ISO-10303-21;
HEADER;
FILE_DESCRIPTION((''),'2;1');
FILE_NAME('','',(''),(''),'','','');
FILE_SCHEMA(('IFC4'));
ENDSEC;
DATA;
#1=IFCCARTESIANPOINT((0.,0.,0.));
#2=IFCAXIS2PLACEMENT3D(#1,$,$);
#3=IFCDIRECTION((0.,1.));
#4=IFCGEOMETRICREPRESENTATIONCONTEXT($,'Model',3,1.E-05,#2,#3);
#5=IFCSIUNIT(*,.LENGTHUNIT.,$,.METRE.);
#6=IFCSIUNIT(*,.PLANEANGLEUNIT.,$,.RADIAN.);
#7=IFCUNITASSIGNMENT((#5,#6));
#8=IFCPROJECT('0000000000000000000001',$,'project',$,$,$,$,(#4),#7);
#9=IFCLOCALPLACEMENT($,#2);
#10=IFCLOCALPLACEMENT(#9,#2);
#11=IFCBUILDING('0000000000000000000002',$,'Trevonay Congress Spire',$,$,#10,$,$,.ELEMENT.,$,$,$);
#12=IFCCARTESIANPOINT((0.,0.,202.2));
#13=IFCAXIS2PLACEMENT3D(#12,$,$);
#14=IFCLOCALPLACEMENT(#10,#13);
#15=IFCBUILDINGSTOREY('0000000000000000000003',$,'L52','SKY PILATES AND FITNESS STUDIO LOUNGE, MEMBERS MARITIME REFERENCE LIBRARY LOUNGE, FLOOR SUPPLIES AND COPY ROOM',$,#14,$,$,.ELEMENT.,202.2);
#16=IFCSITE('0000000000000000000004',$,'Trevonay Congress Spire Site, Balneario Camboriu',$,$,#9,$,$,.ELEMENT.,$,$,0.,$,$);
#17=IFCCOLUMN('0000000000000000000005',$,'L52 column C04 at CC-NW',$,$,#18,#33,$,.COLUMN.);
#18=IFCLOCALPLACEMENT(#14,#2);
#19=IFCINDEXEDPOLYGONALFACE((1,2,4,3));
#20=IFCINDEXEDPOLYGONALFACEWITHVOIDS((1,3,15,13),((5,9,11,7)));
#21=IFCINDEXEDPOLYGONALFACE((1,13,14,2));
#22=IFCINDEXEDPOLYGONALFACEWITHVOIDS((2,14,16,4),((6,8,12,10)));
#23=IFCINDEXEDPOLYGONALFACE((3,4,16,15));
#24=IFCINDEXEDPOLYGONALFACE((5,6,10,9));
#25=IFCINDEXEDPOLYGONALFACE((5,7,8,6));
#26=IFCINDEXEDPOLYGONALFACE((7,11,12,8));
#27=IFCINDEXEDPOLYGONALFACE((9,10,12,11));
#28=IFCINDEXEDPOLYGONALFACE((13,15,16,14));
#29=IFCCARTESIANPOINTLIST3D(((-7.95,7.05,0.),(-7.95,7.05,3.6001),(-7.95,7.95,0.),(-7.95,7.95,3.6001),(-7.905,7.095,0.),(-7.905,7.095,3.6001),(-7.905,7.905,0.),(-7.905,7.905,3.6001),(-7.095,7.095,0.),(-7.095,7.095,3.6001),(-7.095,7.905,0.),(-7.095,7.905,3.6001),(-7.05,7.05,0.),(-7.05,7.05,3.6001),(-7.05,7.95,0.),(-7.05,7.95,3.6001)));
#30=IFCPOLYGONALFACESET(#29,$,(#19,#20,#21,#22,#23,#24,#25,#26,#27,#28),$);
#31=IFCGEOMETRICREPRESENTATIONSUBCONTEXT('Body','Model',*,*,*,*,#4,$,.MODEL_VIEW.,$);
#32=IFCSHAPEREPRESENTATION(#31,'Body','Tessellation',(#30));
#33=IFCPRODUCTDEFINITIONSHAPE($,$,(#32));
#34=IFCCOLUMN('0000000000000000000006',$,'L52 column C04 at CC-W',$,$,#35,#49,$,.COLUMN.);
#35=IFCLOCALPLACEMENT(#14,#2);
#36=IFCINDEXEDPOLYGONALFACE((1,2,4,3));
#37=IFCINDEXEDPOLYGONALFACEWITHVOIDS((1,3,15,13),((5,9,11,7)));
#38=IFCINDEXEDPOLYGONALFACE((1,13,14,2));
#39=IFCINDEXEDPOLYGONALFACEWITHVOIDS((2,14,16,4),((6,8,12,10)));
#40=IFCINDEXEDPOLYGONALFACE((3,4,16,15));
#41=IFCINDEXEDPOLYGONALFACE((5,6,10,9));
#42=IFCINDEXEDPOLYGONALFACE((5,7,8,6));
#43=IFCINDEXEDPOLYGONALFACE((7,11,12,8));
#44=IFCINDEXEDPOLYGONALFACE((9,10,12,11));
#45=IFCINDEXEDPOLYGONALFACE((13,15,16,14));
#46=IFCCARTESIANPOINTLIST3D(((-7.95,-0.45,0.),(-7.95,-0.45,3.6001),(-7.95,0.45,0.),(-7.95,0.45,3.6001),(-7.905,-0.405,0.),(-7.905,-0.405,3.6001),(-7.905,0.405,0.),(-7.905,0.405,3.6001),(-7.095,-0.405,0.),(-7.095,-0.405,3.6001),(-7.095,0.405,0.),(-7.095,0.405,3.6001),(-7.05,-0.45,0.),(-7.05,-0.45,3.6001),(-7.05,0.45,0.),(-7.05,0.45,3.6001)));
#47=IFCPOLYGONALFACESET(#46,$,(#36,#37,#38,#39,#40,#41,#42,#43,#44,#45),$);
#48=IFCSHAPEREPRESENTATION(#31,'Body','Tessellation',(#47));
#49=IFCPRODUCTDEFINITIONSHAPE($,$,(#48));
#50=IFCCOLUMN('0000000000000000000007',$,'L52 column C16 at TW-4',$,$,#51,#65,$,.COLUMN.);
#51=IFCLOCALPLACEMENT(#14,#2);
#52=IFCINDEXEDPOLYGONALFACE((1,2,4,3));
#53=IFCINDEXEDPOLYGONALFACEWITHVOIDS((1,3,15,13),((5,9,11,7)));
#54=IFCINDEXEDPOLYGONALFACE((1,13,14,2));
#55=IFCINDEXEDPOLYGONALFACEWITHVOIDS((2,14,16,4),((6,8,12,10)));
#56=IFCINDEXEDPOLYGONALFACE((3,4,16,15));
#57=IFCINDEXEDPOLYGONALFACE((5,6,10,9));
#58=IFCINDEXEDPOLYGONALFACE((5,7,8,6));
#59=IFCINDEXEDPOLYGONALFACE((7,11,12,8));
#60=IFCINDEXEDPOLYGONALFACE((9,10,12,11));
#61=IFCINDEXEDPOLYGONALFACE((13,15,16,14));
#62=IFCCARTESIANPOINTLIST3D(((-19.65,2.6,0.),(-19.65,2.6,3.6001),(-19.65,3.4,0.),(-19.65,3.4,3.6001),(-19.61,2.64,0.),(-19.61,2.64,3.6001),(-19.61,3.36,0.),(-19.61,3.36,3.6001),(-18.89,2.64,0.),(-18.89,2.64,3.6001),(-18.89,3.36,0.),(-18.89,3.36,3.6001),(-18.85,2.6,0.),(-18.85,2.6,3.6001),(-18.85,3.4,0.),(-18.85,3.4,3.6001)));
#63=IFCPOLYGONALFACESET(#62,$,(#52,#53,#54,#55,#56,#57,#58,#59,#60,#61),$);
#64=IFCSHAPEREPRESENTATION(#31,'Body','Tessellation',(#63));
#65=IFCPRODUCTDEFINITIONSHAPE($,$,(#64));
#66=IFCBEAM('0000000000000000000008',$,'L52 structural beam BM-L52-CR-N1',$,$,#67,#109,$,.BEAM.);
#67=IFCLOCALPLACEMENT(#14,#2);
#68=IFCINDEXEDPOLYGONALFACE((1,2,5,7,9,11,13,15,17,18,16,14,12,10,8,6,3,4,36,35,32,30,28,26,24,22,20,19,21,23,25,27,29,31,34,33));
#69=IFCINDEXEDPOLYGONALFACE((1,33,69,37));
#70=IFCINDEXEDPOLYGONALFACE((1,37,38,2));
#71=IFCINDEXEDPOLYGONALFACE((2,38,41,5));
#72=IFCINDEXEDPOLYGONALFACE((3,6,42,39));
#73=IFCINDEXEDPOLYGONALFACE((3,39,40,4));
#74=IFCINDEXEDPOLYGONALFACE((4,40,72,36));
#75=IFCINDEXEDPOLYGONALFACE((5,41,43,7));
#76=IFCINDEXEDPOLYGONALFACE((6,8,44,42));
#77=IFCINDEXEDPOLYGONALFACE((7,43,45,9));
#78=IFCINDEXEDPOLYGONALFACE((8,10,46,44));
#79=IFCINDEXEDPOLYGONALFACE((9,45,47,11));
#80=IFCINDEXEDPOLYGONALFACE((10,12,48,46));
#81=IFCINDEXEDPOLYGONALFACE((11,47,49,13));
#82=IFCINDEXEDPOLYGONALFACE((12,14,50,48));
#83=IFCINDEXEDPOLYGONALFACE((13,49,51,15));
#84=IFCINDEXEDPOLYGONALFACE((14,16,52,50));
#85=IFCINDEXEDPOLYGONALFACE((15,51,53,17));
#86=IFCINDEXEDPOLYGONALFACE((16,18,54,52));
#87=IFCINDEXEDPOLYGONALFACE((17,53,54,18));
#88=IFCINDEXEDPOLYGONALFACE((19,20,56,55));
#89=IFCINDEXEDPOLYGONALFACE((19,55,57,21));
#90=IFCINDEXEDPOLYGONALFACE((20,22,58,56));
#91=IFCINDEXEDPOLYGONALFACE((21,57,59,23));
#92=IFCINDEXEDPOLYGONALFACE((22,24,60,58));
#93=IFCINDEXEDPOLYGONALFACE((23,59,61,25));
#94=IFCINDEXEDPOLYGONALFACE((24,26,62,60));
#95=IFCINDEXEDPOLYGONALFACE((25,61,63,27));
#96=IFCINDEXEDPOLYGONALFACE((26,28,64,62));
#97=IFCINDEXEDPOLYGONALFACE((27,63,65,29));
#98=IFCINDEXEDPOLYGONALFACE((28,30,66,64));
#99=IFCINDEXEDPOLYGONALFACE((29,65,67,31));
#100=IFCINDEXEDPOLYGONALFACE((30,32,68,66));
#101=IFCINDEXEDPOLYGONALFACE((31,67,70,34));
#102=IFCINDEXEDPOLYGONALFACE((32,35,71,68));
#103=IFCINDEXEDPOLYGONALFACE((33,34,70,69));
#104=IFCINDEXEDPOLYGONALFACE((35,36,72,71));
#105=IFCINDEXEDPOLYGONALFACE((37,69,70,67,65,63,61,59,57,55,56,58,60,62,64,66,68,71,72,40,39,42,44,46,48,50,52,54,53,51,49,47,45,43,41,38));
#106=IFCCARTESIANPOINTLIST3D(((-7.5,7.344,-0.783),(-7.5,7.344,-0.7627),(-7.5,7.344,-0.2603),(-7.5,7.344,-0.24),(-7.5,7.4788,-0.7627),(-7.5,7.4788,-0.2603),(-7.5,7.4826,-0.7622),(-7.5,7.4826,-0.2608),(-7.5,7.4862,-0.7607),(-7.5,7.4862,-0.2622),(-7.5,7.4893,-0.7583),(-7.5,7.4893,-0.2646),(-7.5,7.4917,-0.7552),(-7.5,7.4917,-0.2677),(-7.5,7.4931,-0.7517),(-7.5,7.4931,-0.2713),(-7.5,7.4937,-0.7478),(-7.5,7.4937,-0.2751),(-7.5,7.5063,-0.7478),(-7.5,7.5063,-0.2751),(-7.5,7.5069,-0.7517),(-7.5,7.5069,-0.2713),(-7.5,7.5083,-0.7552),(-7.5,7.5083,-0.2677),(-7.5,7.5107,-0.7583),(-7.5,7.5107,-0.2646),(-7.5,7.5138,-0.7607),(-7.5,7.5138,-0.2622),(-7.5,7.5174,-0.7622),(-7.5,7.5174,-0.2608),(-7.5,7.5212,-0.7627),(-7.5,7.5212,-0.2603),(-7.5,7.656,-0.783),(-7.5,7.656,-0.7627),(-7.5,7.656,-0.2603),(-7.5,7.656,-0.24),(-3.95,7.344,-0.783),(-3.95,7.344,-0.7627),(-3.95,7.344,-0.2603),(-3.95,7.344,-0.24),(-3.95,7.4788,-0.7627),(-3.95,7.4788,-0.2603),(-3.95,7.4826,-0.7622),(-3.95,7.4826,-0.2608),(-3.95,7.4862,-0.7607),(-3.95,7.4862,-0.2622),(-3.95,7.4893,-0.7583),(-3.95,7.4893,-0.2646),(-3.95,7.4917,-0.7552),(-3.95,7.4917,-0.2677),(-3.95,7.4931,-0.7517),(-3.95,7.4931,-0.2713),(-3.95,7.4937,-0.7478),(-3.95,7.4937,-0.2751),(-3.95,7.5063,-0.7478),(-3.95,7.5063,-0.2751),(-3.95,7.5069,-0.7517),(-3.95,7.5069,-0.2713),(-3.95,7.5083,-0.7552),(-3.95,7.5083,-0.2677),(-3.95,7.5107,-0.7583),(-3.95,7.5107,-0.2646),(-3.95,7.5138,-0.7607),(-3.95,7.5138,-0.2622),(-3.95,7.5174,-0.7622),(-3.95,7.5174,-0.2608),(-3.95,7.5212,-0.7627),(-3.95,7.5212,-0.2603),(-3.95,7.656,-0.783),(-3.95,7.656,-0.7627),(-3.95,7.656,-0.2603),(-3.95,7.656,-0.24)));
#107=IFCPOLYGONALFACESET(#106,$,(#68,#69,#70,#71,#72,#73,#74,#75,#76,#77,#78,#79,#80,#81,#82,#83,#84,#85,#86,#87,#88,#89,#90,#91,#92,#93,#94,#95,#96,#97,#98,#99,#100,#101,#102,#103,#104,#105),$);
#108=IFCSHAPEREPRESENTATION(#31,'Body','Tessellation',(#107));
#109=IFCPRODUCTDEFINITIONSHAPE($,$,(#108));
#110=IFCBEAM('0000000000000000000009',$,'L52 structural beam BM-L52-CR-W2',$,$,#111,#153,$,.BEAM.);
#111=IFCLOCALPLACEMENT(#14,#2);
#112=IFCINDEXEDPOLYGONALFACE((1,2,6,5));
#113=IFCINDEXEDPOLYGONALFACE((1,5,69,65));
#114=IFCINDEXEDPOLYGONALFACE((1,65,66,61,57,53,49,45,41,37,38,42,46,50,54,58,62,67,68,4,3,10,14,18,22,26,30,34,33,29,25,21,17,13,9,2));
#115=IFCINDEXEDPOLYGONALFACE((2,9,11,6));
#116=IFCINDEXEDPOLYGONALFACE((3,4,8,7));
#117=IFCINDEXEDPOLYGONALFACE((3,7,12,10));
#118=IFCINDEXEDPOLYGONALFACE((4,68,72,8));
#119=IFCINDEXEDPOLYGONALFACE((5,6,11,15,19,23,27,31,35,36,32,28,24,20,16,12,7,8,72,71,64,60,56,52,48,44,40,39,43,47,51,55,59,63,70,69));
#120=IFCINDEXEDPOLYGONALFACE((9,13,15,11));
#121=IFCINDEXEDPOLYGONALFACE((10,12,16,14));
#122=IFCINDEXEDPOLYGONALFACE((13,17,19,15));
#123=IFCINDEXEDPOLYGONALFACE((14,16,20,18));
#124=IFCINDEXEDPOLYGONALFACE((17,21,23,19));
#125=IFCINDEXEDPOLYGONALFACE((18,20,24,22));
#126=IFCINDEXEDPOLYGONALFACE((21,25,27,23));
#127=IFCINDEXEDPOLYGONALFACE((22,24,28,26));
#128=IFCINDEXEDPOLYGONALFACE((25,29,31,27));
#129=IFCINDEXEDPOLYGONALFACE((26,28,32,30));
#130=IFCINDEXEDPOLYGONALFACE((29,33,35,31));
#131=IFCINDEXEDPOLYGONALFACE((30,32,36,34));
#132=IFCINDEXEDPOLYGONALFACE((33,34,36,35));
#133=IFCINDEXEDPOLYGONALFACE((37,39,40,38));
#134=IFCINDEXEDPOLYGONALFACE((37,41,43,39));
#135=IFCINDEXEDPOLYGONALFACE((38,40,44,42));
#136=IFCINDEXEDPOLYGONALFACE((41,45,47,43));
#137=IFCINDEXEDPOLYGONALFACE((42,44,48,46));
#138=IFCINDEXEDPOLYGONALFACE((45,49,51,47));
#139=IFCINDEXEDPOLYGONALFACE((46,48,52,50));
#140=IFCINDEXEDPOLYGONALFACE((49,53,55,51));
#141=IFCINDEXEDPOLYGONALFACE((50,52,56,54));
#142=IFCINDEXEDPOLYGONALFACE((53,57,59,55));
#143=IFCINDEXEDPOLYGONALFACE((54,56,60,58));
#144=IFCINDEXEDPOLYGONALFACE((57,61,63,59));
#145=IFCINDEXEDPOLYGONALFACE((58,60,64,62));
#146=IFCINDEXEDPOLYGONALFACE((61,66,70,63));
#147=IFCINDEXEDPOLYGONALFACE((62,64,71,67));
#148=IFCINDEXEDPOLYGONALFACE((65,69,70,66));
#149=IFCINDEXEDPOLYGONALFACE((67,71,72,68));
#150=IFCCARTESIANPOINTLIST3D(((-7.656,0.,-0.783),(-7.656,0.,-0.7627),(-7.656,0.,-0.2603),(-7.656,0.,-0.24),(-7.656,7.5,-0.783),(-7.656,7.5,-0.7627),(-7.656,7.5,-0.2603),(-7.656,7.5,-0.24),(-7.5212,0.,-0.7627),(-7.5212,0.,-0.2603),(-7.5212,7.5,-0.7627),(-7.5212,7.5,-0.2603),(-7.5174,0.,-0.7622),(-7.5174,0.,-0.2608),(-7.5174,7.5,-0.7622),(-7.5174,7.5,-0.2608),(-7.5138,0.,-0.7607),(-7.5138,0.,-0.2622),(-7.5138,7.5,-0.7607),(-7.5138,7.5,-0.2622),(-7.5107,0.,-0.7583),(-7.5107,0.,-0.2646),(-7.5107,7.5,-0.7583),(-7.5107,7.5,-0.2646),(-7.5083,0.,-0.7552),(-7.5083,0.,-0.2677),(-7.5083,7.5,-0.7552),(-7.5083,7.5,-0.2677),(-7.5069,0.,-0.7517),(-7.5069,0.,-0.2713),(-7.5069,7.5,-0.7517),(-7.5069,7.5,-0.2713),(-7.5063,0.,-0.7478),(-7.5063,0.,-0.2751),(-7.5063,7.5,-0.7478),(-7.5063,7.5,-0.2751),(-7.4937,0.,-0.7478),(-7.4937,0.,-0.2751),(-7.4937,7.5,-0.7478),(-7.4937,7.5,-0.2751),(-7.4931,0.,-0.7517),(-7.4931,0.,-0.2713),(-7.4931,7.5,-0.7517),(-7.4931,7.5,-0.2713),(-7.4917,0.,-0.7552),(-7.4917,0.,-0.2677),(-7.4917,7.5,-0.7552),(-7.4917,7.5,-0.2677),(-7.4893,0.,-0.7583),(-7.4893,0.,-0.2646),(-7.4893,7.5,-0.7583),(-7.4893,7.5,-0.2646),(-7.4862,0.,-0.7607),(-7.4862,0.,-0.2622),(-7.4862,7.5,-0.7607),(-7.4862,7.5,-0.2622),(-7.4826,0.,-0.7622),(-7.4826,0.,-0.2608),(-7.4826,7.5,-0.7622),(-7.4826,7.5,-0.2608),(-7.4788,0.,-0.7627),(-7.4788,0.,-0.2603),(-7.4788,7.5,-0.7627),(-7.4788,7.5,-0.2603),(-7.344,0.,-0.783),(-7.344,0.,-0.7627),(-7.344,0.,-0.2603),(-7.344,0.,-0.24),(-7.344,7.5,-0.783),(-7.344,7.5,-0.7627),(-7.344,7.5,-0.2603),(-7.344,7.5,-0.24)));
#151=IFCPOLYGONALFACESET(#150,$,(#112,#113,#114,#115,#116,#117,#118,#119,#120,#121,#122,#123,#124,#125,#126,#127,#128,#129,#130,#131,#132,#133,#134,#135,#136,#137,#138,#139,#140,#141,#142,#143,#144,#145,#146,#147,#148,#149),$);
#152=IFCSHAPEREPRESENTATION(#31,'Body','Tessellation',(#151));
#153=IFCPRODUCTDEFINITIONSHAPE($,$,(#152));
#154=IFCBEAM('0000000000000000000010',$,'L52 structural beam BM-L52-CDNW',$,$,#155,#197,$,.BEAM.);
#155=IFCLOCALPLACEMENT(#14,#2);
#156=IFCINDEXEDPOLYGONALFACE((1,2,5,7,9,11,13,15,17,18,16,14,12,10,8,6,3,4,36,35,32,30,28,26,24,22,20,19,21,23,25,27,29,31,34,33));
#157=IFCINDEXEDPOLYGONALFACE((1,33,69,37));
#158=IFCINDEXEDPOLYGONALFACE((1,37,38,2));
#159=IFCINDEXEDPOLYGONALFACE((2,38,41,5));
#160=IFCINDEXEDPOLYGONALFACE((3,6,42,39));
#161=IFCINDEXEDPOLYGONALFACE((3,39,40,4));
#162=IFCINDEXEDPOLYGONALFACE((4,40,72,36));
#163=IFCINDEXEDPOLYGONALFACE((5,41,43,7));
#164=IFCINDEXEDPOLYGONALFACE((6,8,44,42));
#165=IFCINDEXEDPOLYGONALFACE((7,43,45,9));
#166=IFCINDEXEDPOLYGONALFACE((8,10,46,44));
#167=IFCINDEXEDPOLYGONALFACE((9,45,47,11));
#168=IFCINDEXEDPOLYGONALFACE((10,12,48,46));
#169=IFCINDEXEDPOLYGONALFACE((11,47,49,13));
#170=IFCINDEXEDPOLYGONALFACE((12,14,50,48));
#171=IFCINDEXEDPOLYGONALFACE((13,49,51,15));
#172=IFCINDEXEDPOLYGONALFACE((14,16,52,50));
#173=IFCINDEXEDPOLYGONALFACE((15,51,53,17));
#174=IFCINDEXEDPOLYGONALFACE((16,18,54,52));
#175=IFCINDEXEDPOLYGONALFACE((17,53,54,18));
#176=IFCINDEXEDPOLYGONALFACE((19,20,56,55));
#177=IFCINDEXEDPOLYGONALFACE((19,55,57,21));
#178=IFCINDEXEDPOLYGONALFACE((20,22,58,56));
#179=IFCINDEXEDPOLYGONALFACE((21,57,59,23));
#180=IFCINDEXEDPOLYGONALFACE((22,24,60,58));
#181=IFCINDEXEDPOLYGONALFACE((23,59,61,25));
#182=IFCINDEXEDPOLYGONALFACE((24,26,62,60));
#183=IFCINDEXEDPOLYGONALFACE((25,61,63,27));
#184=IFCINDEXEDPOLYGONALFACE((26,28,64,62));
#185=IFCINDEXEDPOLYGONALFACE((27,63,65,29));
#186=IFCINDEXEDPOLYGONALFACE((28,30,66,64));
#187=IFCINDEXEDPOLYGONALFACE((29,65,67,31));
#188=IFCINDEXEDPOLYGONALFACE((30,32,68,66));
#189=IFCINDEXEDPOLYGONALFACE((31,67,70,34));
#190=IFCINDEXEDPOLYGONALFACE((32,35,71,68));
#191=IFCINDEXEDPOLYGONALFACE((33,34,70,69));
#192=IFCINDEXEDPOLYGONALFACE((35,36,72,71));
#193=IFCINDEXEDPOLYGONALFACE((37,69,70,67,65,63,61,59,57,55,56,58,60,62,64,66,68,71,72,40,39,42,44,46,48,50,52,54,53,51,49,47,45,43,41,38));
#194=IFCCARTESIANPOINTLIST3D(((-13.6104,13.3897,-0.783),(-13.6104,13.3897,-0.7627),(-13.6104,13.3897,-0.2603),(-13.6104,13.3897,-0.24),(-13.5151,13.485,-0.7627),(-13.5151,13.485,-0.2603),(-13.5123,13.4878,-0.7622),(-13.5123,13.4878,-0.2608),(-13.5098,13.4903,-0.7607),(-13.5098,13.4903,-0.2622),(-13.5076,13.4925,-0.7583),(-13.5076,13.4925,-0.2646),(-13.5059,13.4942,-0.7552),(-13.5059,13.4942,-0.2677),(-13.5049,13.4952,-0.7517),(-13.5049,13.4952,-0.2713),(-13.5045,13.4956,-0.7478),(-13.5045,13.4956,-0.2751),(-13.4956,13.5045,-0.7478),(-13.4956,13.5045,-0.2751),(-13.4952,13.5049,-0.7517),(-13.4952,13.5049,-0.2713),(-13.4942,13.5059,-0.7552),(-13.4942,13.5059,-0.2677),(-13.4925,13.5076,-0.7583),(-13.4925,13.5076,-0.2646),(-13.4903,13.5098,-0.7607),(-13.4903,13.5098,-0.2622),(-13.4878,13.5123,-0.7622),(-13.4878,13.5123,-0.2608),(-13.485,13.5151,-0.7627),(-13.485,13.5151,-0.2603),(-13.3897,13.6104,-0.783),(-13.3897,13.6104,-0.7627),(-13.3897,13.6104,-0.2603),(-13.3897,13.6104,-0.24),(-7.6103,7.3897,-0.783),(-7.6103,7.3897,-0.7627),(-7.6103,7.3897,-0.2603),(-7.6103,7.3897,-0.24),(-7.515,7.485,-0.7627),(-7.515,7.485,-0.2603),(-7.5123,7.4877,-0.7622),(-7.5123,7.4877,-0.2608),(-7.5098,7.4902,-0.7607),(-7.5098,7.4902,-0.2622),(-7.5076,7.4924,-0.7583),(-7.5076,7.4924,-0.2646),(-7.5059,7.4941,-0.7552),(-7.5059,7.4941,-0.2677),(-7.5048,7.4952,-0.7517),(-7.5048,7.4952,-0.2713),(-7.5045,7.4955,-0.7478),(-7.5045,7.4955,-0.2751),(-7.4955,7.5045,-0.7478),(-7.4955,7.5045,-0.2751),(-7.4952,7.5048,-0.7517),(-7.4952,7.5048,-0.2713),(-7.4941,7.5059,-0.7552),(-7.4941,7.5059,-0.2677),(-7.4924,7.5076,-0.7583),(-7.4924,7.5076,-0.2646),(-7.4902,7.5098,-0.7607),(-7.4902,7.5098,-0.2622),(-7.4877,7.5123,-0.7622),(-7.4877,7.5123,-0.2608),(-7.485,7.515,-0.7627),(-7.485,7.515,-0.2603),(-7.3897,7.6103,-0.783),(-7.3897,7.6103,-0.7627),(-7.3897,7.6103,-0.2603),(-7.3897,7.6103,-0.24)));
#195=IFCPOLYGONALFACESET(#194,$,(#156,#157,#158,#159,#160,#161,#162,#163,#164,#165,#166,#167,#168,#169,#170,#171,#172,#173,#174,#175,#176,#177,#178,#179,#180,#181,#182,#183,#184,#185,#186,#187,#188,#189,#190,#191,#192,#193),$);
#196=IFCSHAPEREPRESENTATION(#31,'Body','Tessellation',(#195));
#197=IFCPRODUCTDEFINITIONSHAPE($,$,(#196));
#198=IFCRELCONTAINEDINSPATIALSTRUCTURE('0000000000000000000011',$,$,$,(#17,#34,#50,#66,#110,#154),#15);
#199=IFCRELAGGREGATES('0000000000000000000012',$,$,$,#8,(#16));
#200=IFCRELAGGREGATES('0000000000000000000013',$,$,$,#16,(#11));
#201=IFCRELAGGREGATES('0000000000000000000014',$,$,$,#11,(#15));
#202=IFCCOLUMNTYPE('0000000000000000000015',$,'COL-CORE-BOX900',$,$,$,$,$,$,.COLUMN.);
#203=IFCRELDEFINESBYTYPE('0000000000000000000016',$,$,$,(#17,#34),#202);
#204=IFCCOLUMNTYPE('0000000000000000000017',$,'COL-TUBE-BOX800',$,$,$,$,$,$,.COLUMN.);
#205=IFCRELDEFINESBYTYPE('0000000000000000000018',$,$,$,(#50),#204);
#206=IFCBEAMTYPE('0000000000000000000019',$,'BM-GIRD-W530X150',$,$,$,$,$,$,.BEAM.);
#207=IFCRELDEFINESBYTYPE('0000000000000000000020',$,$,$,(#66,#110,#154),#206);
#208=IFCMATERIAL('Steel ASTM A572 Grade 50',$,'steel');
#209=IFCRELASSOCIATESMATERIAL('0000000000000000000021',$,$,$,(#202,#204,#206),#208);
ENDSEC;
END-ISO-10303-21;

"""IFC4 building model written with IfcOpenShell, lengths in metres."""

from ifc_helpers import new_model, si_unit, direction, frame, origin, origin_2d, place, context, subcontext, project, spatial, hollow_rectangle, i_section, extrude, material, material_profile, profile_set, type_object, element, save


model = new_model("IFC4")

# Units and contexts
model_context = context("Model", 3, precision=1e-05, world=origin(), true_north=direction((0.0, 1.0)))
body_context = subcontext(model_context, "Body", "Model", "MODEL_VIEW")
ifc_project = project(units=[si_unit("LENGTHUNIT", "METRE"), si_unit("PLANEANGLEUNIT", "RADIAN")], contexts=[model_context])

# Site, building, storey
site_placement = place(None, origin())
site = spatial("IfcSite", under=ifc_project, at=site_placement, Name="Trevonay Congress Spire Site, Balneario Camboriu", CompositionType="ELEMENT", RefElevation=0.0)
building_placement = place(site_placement, origin())
building = spatial("IfcBuilding", under=site, at=building_placement, Name="Trevonay Congress Spire", CompositionType="ELEMENT")
storey_placement = place(building_placement, frame((0.0, 0.0, 202.2)))
storey = spatial("IfcBuildingStorey", under=building, at=storey_placement, Name="L52", Description="SKY PILATES AND FITNESS STUDIO LOUNGE, MEMBERS MARITIME REFERENCE LIBRARY LOUNGE, FLOOR SUPPLIES AND COPY ROOM", CompositionType="ELEMENT", Elevation=202.2)

# Columns
ifc_material_1 = material(Name="Steel ASTM A572 Grade 50", Category="steel")
ifc_material_profile_1 = material_profile(ifc_material_1, hollow_rectangle(XDim=0.8999, YDim=0.8999, WallThickness=0.0449, at=origin_2d()), Name="BOX 900x900x45")
ifc_profile_set_1 = profile_set([ifc_material_profile_1], Name="Steel ASTM A572 Grade 50")
column_type_1 = type_object("IfcColumnType", Name="COL-CORE-BOX900", PredefinedType="COLUMN", material=ifc_profile_set_1)
for number, where, z_axis, x_axis, name in (
    (1, (-7.5, 7.5, 0.0), (0.0, 0.0, 1.0), (1.0, 0.0, 0.0), "L52 column C04 at CC-NW"),
    (2, (-7.5, 0.0, 0.0), (0.0, 0.0, 1.0), (1.0, 0.0, 0.0), "L52 column C04 at CC-W"),
):
    element("IfcColumn", number, at=place(storey_placement, frame(where, z_axis=z_axis, x_axis=x_axis)), inside=storey, type_object=column_type_1, Name=name, PredefinedType="COLUMN", context=body_context, shape_type="SweptSolid", body=[
        extrude(hollow_rectangle(XDim=0.8999, YDim=0.8999, WallThickness=0.0449, at=origin_2d()), origin(), (0.0, 0.0, 1.0), 3.6001),
    ])
ifc_material_profile_2 = material_profile(ifc_material_1, hollow_rectangle(XDim=0.8, YDim=0.8, WallThickness=0.04, at=origin_2d()), Name="BOX 800x800x40")
ifc_profile_set_2 = profile_set([ifc_material_profile_2], Name="Steel ASTM A572 Grade 50")
column_type_2 = type_object("IfcColumnType", Name="COL-TUBE-BOX800", PredefinedType="COLUMN", material=ifc_profile_set_2)
column_placement = place(storey_placement, frame((-19.25, 3.0, 0.0), z_axis=(0.0, 0.0, 1.0), x_axis=(1.0, 0.0, 0.0)))
element("IfcColumn", 3, at=column_placement, inside=storey, type_object=column_type_2, Name="L52 column C16 at TW-4", PredefinedType="COLUMN", context=body_context, shape_type="SweptSolid", body=[
    extrude(hollow_rectangle(XDim=0.8, YDim=0.8, WallThickness=0.04, at=origin_2d()), origin(), (0.0, 0.0, 1.0), 3.6001),
])

# Beams
ifc_material_profile_3 = material_profile(ifc_material_1, i_section(OverallWidth=0.312, OverallDepth=0.543, WebThickness=0.0127, FlangeThickness=0.0203, FilletRadius=0.0149, at=origin_2d()), Name="W530x150")
ifc_profile_set_3 = profile_set([ifc_material_profile_3], Name="Steel ASTM A572 Grade 50")
beam_type_1 = type_object("IfcBeamType", Name="BM-GIRD-W530X150", PredefinedType="BEAM", material=ifc_profile_set_3)
beam_1_placement = place(storey_placement, frame((-7.5, 7.5, -0.5115), z_axis=(1.0, 0.0, 0.0), x_axis=(0.0, 1.0, 0.0)))
element("IfcBeam", 4, at=beam_1_placement, inside=storey, type_object=beam_type_1, Name="L52 structural beam BM-L52-CR-N1", PredefinedType="BEAM", context=body_context, shape_type="SweptSolid", body=[
    extrude(i_section(OverallWidth=0.312, OverallDepth=0.543, WebThickness=0.0127, FlangeThickness=0.0203, FilletRadius=0.0149, at=origin_2d()), origin(), (0.0, 0.0, 1.0), 3.55),
])
beam_2_placement = place(storey_placement, frame((-7.5, 0.0, -0.5115), z_axis=(0.0, 1.0, 0.0), x_axis=(-1.0, 0.0, 0.0)))
element("IfcBeam", 5, at=beam_2_placement, inside=storey, type_object=beam_type_1, Name="L52 structural beam BM-L52-CR-W2", PredefinedType="BEAM", context=body_context, shape_type="SweptSolid", body=[
    extrude(i_section(OverallWidth=0.312, OverallDepth=0.543, WebThickness=0.0127, FlangeThickness=0.0203, FilletRadius=0.0149, at=origin_2d()), origin(), (0.0, 0.0, 1.0), 7.5),
])
beam_3_placement = place(storey_placement, frame((-7.5, 7.5, -0.5115), z_axis=(-0.707107, 0.707107, 0.0), x_axis=(-0.707107, -0.707107, 0.0)))
element("IfcBeam", 6, at=beam_3_placement, inside=storey, type_object=beam_type_1, Name="L52 structural beam BM-L52-CDNW", PredefinedType="BEAM", context=body_context, shape_type="SweptSolid", body=[
    extrude(i_section(OverallWidth=0.312, OverallDepth=0.543, WebThickness=0.0127, FlangeThickness=0.0203, FilletRadius=0.0149, at=origin_2d()), origin(), (0.0, 0.0, 1.0), 8.4854),
])

save(model, "model.ifc")
